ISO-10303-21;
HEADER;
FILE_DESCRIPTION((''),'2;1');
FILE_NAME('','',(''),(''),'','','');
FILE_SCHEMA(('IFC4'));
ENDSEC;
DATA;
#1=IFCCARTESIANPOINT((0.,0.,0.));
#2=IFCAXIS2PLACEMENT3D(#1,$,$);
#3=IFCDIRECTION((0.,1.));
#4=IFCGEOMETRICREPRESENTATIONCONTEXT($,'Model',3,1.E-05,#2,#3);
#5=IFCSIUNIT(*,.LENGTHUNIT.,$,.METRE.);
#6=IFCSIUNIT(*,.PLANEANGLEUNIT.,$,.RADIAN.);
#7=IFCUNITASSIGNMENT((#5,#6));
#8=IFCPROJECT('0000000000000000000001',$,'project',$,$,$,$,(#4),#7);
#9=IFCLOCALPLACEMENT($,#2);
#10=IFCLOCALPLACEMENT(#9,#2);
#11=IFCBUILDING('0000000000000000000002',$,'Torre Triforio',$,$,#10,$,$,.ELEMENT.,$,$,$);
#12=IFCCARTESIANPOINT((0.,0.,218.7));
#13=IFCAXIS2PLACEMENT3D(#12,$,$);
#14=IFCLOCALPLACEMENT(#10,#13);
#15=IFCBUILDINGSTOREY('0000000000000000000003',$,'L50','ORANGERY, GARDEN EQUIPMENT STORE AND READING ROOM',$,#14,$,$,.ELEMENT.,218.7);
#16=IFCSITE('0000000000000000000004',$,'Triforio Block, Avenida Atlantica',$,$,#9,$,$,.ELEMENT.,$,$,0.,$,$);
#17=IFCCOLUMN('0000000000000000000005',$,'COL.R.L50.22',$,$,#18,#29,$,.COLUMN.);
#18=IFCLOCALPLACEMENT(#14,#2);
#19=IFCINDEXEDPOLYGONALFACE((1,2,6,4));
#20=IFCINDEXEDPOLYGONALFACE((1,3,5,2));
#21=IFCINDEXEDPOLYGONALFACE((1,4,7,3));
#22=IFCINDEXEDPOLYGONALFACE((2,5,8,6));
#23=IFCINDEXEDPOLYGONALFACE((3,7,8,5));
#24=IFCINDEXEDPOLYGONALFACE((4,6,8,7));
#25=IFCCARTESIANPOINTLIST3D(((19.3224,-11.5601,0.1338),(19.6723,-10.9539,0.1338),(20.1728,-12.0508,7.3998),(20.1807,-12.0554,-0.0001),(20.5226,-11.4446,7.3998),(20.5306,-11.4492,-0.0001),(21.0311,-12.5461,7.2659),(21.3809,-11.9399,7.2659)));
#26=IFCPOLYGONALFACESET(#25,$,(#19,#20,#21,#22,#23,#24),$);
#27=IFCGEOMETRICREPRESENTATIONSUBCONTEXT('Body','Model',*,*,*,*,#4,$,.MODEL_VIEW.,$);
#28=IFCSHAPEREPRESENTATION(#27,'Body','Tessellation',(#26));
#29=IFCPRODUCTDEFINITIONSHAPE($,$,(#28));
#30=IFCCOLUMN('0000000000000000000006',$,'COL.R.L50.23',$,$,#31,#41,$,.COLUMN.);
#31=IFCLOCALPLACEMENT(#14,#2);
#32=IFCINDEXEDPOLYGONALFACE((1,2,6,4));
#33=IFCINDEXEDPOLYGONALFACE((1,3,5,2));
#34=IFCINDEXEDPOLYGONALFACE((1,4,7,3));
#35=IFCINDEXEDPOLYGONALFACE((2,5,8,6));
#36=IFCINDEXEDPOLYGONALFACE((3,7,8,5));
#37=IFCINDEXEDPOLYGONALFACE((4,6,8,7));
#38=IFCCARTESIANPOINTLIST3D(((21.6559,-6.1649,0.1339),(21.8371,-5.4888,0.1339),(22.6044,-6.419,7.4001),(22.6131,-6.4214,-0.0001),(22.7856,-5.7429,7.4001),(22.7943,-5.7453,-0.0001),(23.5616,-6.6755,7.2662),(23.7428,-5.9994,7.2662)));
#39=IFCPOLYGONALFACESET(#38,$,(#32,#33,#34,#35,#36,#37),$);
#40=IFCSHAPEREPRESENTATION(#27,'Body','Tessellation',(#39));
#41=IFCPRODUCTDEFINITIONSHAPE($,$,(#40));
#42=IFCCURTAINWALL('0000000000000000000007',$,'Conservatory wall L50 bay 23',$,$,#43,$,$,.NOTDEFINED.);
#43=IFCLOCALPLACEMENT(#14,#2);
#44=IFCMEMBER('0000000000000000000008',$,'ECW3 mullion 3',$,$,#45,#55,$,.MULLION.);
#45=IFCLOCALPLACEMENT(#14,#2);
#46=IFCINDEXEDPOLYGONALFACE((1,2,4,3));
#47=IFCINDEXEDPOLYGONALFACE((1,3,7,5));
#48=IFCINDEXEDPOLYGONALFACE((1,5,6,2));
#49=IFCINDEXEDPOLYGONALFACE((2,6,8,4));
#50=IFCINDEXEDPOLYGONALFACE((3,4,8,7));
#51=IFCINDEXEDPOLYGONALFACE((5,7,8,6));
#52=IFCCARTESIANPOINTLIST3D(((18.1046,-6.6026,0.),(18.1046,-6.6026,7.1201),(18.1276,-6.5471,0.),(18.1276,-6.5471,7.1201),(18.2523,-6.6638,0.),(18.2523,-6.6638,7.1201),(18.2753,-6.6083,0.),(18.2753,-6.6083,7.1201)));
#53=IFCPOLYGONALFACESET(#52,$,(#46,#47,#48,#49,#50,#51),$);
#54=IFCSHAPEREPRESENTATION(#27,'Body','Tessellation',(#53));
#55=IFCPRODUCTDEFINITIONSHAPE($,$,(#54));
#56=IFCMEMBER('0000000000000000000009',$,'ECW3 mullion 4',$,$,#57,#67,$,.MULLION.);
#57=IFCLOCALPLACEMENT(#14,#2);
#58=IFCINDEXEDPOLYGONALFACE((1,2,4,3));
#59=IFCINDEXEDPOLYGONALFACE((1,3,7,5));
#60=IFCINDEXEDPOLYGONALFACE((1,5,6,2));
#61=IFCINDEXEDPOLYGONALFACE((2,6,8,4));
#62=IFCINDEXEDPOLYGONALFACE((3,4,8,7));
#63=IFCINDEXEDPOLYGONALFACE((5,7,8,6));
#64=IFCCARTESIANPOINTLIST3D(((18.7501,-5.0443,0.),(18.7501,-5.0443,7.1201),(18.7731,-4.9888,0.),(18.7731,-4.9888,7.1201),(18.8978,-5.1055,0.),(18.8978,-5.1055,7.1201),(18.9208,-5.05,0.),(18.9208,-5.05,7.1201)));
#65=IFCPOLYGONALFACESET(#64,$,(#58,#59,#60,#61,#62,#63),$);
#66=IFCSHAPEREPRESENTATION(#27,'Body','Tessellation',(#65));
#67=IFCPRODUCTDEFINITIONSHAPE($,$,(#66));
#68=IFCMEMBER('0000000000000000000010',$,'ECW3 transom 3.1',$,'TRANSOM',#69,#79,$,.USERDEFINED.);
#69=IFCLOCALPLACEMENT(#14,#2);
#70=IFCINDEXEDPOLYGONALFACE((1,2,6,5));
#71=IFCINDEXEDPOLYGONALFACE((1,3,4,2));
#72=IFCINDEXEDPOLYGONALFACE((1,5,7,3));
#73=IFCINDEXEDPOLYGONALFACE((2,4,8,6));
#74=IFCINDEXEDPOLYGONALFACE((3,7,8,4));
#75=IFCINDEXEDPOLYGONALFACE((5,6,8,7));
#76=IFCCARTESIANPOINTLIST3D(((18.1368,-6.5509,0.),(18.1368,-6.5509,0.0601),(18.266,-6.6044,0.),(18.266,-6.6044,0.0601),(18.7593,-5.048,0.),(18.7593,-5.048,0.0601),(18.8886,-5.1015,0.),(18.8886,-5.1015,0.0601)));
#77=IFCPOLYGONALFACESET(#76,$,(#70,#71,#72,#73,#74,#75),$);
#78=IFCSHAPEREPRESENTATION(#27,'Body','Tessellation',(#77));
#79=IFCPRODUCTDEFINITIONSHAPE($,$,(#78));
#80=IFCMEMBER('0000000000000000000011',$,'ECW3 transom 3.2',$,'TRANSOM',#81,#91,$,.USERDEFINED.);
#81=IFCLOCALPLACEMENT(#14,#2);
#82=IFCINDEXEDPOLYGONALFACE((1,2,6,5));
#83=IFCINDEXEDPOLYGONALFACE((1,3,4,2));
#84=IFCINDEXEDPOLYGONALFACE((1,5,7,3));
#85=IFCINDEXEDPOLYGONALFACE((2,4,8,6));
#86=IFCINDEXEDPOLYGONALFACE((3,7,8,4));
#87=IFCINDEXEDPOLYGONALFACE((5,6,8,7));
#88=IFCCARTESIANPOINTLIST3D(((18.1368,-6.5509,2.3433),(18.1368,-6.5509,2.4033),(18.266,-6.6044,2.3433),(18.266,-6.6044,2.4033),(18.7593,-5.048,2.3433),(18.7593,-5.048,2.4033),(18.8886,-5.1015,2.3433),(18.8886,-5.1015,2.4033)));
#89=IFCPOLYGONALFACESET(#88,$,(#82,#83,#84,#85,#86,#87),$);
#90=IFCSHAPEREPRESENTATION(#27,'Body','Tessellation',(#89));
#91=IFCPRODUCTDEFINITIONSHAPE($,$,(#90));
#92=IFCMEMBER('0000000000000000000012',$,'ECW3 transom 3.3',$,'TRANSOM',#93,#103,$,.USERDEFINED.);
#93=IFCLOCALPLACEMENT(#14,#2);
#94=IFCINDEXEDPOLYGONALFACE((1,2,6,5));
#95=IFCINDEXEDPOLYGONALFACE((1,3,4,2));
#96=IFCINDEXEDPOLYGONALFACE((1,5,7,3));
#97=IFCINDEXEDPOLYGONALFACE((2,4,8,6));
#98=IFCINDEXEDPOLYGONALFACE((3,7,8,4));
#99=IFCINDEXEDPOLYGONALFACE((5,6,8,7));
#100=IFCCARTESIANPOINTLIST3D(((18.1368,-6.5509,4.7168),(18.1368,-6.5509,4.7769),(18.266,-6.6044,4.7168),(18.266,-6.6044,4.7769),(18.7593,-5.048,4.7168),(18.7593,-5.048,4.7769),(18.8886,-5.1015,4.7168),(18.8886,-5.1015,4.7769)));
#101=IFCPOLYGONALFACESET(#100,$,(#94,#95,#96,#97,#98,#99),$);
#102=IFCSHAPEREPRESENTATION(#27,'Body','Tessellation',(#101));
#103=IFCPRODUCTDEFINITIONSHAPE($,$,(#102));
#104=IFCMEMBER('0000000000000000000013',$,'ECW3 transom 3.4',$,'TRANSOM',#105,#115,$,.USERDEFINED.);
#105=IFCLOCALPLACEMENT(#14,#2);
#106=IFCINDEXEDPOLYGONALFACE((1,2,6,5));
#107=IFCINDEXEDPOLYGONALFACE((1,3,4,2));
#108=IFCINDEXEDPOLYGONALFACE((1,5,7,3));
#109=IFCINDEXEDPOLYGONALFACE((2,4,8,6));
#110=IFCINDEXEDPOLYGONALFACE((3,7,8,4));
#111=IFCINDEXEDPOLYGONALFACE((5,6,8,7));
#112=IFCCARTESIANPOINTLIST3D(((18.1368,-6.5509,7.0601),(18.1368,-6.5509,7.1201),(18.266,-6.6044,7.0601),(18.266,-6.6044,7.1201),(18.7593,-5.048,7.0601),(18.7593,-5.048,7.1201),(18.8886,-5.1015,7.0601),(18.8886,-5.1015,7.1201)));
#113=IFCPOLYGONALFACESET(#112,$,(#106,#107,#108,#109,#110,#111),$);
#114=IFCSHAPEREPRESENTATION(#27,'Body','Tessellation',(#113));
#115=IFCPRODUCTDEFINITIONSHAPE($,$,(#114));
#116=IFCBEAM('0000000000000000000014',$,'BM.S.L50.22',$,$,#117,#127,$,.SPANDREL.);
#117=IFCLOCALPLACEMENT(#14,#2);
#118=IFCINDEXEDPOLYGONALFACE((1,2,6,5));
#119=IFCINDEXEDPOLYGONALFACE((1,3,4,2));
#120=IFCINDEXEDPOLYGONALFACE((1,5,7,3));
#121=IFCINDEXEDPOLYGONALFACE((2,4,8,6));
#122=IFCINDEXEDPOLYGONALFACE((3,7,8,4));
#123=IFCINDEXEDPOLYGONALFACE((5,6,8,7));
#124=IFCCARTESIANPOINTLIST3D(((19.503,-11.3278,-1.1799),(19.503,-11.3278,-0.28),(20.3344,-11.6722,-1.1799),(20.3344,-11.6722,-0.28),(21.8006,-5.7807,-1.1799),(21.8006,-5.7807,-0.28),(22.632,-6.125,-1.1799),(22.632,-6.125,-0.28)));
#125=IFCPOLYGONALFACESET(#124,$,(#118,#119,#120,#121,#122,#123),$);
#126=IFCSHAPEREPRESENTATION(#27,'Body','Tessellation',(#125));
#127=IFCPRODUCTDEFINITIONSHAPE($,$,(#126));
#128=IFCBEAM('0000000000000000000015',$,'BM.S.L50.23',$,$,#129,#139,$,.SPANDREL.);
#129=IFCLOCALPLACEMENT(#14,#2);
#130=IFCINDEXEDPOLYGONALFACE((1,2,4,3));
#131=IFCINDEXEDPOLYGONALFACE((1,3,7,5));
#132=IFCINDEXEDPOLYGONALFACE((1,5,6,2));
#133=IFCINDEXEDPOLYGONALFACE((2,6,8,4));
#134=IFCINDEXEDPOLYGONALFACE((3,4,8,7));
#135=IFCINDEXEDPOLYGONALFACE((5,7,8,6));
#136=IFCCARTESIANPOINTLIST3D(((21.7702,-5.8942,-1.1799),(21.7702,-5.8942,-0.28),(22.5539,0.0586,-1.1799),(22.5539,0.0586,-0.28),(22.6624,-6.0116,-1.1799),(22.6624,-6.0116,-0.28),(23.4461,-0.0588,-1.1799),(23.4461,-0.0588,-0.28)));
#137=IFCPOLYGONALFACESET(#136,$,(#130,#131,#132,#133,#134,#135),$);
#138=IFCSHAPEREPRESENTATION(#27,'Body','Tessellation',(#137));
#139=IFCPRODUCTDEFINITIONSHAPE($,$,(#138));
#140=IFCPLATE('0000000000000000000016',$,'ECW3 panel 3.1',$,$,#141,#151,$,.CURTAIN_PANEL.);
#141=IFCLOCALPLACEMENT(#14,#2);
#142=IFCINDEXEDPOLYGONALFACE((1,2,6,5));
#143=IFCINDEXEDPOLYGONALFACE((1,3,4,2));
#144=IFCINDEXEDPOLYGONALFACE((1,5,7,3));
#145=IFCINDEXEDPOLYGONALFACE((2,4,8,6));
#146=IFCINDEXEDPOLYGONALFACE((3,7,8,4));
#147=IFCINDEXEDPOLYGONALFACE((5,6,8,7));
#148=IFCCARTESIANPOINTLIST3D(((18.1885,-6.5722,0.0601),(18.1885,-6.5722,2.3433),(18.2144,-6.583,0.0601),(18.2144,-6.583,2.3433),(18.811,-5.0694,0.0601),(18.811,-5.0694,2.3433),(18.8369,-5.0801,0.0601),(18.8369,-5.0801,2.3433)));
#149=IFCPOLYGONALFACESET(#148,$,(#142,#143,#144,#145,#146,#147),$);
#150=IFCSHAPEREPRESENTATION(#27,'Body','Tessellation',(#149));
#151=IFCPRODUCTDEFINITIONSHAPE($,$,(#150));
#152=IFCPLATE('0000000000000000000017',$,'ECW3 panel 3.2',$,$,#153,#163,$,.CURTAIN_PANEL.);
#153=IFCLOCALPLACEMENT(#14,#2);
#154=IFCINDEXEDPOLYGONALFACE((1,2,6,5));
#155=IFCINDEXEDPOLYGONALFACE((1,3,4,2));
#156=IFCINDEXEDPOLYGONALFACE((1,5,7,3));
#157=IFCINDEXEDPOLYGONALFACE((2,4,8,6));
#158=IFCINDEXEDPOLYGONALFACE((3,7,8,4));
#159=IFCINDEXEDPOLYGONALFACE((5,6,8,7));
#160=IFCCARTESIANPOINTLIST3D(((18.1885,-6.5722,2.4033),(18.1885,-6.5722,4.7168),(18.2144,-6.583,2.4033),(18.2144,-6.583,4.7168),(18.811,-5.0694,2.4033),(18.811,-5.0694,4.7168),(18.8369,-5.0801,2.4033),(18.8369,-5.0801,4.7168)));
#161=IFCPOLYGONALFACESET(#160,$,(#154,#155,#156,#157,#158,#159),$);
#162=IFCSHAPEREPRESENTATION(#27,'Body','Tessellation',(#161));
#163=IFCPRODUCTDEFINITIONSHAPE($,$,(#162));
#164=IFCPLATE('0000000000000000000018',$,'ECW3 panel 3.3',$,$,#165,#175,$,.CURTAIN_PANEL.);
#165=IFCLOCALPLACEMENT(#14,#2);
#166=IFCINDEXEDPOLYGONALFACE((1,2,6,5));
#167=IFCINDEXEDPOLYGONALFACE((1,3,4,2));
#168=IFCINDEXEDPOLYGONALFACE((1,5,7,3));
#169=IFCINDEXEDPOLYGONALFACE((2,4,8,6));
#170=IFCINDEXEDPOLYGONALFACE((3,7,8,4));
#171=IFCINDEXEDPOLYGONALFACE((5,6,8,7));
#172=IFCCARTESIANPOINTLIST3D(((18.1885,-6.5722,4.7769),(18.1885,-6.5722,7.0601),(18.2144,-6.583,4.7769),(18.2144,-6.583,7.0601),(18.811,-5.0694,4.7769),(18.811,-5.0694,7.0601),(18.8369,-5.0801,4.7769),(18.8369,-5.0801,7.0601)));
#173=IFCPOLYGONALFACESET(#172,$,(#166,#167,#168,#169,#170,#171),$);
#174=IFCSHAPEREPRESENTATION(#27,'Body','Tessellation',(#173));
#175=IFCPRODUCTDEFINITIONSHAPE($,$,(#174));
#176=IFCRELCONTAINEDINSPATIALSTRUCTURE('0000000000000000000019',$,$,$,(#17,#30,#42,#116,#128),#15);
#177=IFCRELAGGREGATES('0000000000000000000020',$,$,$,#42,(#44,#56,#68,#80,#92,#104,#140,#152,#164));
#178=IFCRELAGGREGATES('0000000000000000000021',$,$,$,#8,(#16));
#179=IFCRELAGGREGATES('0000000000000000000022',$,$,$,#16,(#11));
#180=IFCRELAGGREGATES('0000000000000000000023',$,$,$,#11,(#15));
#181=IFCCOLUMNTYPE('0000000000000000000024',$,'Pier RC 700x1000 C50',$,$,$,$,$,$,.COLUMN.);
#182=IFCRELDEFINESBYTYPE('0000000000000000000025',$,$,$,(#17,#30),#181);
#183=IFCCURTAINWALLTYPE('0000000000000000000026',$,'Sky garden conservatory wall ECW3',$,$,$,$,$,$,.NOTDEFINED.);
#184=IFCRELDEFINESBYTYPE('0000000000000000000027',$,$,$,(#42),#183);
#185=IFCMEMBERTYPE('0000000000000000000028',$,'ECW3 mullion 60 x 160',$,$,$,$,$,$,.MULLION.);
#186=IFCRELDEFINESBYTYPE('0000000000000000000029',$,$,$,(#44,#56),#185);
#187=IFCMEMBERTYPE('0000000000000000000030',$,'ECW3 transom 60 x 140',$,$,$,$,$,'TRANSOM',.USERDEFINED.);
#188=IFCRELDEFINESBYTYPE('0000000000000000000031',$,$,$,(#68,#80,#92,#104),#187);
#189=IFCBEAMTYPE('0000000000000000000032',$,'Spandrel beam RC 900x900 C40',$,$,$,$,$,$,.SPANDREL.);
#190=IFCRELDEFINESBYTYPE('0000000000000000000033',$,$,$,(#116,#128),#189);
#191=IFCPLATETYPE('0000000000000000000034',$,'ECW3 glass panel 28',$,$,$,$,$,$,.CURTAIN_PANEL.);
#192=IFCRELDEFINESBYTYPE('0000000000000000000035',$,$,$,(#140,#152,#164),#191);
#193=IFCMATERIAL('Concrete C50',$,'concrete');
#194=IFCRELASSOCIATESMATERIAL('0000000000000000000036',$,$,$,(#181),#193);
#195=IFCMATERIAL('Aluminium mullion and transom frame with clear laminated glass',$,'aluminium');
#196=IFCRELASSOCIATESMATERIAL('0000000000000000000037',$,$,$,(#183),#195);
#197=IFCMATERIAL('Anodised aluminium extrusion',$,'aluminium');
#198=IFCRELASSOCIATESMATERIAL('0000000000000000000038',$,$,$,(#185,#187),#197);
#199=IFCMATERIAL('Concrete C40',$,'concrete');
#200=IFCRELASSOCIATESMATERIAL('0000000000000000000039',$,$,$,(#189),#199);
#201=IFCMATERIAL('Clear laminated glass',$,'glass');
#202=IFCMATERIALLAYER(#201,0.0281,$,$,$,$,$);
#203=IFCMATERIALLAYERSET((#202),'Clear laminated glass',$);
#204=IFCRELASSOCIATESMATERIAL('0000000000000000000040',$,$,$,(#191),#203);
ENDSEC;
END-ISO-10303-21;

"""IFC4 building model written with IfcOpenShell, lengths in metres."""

from ifc_helpers import new_model, si_unit, direction, frame, origin, origin_2d, place, context, subcontext, project, spatial, rectangle, extrude, material, layer, layer_set, material_profile, profile_set, type_object, element, aggregate, save


model = new_model("IFC4")

# Units and contexts
model_context = context("Model", 3, precision=1e-05, world=origin(), true_north=direction((0.0, 1.0)))
body_context = subcontext(model_context, "Body", "Model", "MODEL_VIEW")
ifc_project = project(units=[si_unit("LENGTHUNIT", "METRE"), si_unit("PLANEANGLEUNIT", "RADIAN")], contexts=[model_context])

# Site, building, storey
site_placement = place(None, origin())
site = spatial("IfcSite", under=ifc_project, at=site_placement, Name="Triforio Block, Avenida Atlantica", CompositionType="ELEMENT", RefElevation=0.0)
building_placement = place(site_placement, origin())
building = spatial("IfcBuilding", under=site, at=building_placement, Name="Torre Triforio", CompositionType="ELEMENT")
storey_placement = place(building_placement, frame((0.0, 0.0, 218.7)))
storey = spatial("IfcBuildingStorey", under=building, at=storey_placement, Name="L50", Description="ORANGERY, GARDEN EQUIPMENT STORE AND READING ROOM", CompositionType="ELEMENT", Elevation=218.7)

# Columns
ifc_material_1 = material(Name="Concrete C50", Category="concrete")
ifc_material_profile_1 = material_profile(ifc_material_1, rectangle(XDim=0.7, YDim=1.0, at=origin_2d()), Name="RC 700x1000")
ifc_profile_set_1 = profile_set([ifc_material_profile_1], Name="Concrete C50")
column_type = type_object("IfcColumnType", Name="Pier RC 700x1000 C50", PredefinedType="COLUMN", material=ifc_profile_set_1)
column_1_placement = place(storey_placement, frame((19.9265, -11.5046, 0.0669), z_axis=(0.115975, -0.066928, 0.990995), x_axis=(0.49983, 0.866123, 0.0)))
element("IfcColumn", 1, at=column_1_placement, inside=storey, type_object=column_type, Name="COL.R.L50.22", PredefinedType="COLUMN", context=body_context, shape_type="SweptSolid", body=[
    extrude(rectangle(XDim=0.7, YDim=1.0, at=origin_2d()), origin(), (0.0, 0.0, 1.0), 7.332),
])
column_2_placement = place(storey_placement, frame((22.2251, -5.9551, 0.0669), z_axis=(0.12936, -0.034662, 0.990992), x_axis=(0.258823, 0.965925, 0.0)))
element("IfcColumn", 2, at=column_2_placement, inside=storey, type_object=column_type, Name="COL.R.L50.23", PredefinedType="COLUMN", context=body_context, shape_type="SweptSolid", body=[
    extrude(rectangle(XDim=0.7, YDim=1.0, at=origin_2d()), origin(), (0.0, 0.0, 1.0), 7.3323),
])

# Curtain wall, members
ifc_material_2 = material(Name="Aluminium mullion and transom frame with clear laminated glass", Category="aluminium")
curtain_wall_type = type_object("IfcCurtainWallType", Name="Sky garden conservatory wall ECW3", PredefinedType="NOTDEFINED", material=ifc_material_2)
curtain_wall_placement = place(storey_placement, origin())
curtain_wall = element("IfcCurtainWall", 3, at=curtain_wall_placement, inside=storey, type_object=curtain_wall_type, Name="Conservatory wall L50 bay 23", PredefinedType="NOTDEFINED")
ifc_material_3 = material(Name="Anodised aluminium extrusion", Category="aluminium")
ifc_material_profile_2 = material_profile(ifc_material_3, rectangle(XDim=0.1599, YDim=0.0601, at=origin_2d()), Name="ECW3 MULLION 60x160")
ifc_profile_set_2 = profile_set([ifc_material_profile_2], Name="Anodised aluminium extrusion")
member_type_1 = type_object("IfcMemberType", Name="ECW3 mullion 60 x 160", PredefinedType="MULLION", material=ifc_profile_set_2)
member_1_placement = place(storey_placement, frame((18.1899, -6.6055, 0.0), z_axis=(0.0, 0.0, 1.0), x_axis=(-0.923879, 0.382684, 0.0)))
member_1 = element("IfcMember", 4, at=member_1_placement, type_object=member_type_1, Name="ECW3 mullion 3", PredefinedType="MULLION", context=body_context, shape_type="SweptSolid", body=[
    extrude(rectangle(XDim=0.1599, YDim=0.0601, at=origin_2d()), origin(), (0.0, 0.0, 1.0), 7.1201),
])
member_2_placement = place(storey_placement, frame((18.8354, -5.0471, 0.0), z_axis=(0.0, 0.0, 1.0), x_axis=(-0.923879, 0.382684, 0.0)))
member_2 = element("IfcMember", 5, at=member_2_placement, type_object=member_type_1, Name="ECW3 mullion 4", PredefinedType="MULLION", context=body_context, shape_type="SweptSolid", body=[
    extrude(rectangle(XDim=0.1599, YDim=0.0601, at=origin_2d()), origin(), (0.0, 0.0, 1.0), 7.1201),
])
ifc_material_profile_3 = material_profile(ifc_material_3, rectangle(XDim=0.1399, YDim=0.0601, at=origin_2d()), Name="ECW3 TRANSOM 60x140")
ifc_profile_set_3 = profile_set([ifc_material_profile_3], Name="Anodised aluminium extrusion")
member_type_2 = type_object("IfcMemberType", Name="ECW3 transom 60 x 140", ElementType="TRANSOM", PredefinedType="USERDEFINED", material=ifc_profile_set_3)
member_3_placement = place(storey_placement, frame((18.2014, -6.5776, 0.03), z_axis=(0.382696, 0.923874, 0.0), x_axis=(-0.923874, 0.382696, 0.0)))
member_3 = element("IfcMember", 6, at=member_3_placement, type_object=member_type_2, Name="ECW3 transom 3.1", ObjectType="TRANSOM", PredefinedType="USERDEFINED", context=body_context, shape_type="SweptSolid", body=[
    extrude(rectangle(XDim=0.1399, YDim=0.0601, at=origin_2d()), origin(), (0.0, 0.0, 1.0), 1.6267),
])
member_4_placement = place(storey_placement, frame((18.2014, -6.5776, 2.3733), z_axis=(0.382696, 0.923874, 0.0), x_axis=(-0.923874, 0.382696, 0.0)))
member_4 = element("IfcMember", 7, at=member_4_placement, type_object=member_type_2, Name="ECW3 transom 3.2", ObjectType="TRANSOM", PredefinedType="USERDEFINED", context=body_context, shape_type="SweptSolid", body=[
    extrude(rectangle(XDim=0.1399, YDim=0.0601, at=origin_2d()), origin(), (0.0, 0.0, 1.0), 1.6267),
])
member_5_placement = place(storey_placement, frame((18.2014, -6.5776, 4.7468), z_axis=(0.382696, 0.923874, 0.0), x_axis=(-0.923874, 0.382696, 0.0)))
member_5 = element("IfcMember", 8, at=member_5_placement, type_object=member_type_2, Name="ECW3 transom 3.3", ObjectType="TRANSOM", PredefinedType="USERDEFINED", context=body_context, shape_type="SweptSolid", body=[
    extrude(rectangle(XDim=0.1399, YDim=0.0601, at=origin_2d()), origin(), (0.0, 0.0, 1.0), 1.6267),
])
member_6_placement = place(storey_placement, frame((18.2014, -6.5776, 7.0901), z_axis=(0.382696, 0.923874, 0.0), x_axis=(-0.923874, 0.382696, 0.0)))
member_6 = element("IfcMember", 9, at=member_6_placement, type_object=member_type_2, Name="ECW3 transom 3.4", ObjectType="TRANSOM", PredefinedType="USERDEFINED", context=body_context, shape_type="SweptSolid", body=[
    extrude(rectangle(XDim=0.1399, YDim=0.0601, at=origin_2d()), origin(), (0.0, 0.0, 1.0), 1.6267),
])

# Beams
ifc_material_4 = material(Name="Concrete C40", Category="concrete")
ifc_material_profile_4 = material_profile(ifc_material_4, rectangle(XDim=0.8999, YDim=0.8999, at=origin_2d()), Name="RC 900x900")
ifc_profile_set_4 = profile_set([ifc_material_profile_4], Name="Concrete C40")
beam_type = type_object("IfcBeamType", Name="Spandrel beam RC 900x900 C40", PredefinedType="SPANDREL", material=ifc_profile_set_4)
for number, where, z_axis, x_axis, name in (
    (10, (19.9187, -11.5, -0.73), (0.382671, 0.923885, 0.0), (-0.923885, 0.382671, 0.0), "BM.S.L50.22"),
    (11, (22.2163, -5.9529, -0.73), (0.130523, 0.991445, 0.0), (-0.991445, 0.130523, 0.0), "BM.S.L50.23"),
):
    element("IfcBeam", number, at=place(storey_placement, frame(where, z_axis=z_axis, x_axis=x_axis)), inside=storey, type_object=beam_type, Name=name, PredefinedType="SPANDREL", context=body_context, shape_type="SweptSolid", body=[
        extrude(rectangle(XDim=0.8999, YDim=0.8999, at=origin_2d()), origin(), (0.0, 0.0, 1.0), 6.0042),
    ])

# Plates
ifc_material_5 = material(Name="Clear laminated glass", Category="glass")
ifc_layer_1 = layer(ifc_material_5, 0.0281)
ifc_layer_set_1 = layer_set([ifc_layer_1], Name="Clear laminated glass")
plate_type = type_object("IfcPlateType", Name="ECW3 glass panel 28", PredefinedType="CURTAIN_PANEL", material=ifc_layer_set_1)
plate_1_placement = place(storey_placement, frame((18.5127, -5.8262, 0.0601), z_axis=(0.0, 0.0, 1.0), x_axis=(0.382684, 0.923879, 0.0)))
plate_1 = element("IfcPlate", 12, at=plate_1_placement, type_object=plate_type, Name="ECW3 panel 3.1", PredefinedType="CURTAIN_PANEL", context=body_context, shape_type="SweptSolid", body=[
    extrude(rectangle(XDim=1.6267, YDim=0.0281, at=origin_2d()), origin(), (0.0, 0.0, 1.0), 2.2832),
])
plate_2_placement = place(storey_placement, frame((18.5127, -5.8262, 2.4033), z_axis=(0.0, 0.0, 1.0), x_axis=(0.382684, 0.923879, 0.0)))
plate_2 = element("IfcPlate", 13, at=plate_2_placement, type_object=plate_type, Name="ECW3 panel 3.2", PredefinedType="CURTAIN_PANEL", context=body_context, shape_type="SweptSolid", body=[
    extrude(rectangle(XDim=1.6267, YDim=0.0281, at=origin_2d()), origin(), (0.0, 0.0, 1.0), 2.3135),
])
plate_3_placement = place(storey_placement, frame((18.5127, -5.8262, 4.7769), z_axis=(0.0, 0.0, 1.0), x_axis=(0.382684, 0.923879, 0.0)))
plate_3 = element("IfcPlate", 14, at=plate_3_placement, type_object=plate_type, Name="ECW3 panel 3.3", PredefinedType="CURTAIN_PANEL", context=body_context, shape_type="SweptSolid", body=[
    extrude(rectangle(XDim=1.6267, YDim=0.0281, at=origin_2d()), origin(), (0.0, 0.0, 1.0), 2.2832),
])
aggregate(curtain_wall, [member_1, member_2, member_3, member_4, member_5, member_6, plate_1, plate_2, plate_3])

save(model, "model.ifc")
